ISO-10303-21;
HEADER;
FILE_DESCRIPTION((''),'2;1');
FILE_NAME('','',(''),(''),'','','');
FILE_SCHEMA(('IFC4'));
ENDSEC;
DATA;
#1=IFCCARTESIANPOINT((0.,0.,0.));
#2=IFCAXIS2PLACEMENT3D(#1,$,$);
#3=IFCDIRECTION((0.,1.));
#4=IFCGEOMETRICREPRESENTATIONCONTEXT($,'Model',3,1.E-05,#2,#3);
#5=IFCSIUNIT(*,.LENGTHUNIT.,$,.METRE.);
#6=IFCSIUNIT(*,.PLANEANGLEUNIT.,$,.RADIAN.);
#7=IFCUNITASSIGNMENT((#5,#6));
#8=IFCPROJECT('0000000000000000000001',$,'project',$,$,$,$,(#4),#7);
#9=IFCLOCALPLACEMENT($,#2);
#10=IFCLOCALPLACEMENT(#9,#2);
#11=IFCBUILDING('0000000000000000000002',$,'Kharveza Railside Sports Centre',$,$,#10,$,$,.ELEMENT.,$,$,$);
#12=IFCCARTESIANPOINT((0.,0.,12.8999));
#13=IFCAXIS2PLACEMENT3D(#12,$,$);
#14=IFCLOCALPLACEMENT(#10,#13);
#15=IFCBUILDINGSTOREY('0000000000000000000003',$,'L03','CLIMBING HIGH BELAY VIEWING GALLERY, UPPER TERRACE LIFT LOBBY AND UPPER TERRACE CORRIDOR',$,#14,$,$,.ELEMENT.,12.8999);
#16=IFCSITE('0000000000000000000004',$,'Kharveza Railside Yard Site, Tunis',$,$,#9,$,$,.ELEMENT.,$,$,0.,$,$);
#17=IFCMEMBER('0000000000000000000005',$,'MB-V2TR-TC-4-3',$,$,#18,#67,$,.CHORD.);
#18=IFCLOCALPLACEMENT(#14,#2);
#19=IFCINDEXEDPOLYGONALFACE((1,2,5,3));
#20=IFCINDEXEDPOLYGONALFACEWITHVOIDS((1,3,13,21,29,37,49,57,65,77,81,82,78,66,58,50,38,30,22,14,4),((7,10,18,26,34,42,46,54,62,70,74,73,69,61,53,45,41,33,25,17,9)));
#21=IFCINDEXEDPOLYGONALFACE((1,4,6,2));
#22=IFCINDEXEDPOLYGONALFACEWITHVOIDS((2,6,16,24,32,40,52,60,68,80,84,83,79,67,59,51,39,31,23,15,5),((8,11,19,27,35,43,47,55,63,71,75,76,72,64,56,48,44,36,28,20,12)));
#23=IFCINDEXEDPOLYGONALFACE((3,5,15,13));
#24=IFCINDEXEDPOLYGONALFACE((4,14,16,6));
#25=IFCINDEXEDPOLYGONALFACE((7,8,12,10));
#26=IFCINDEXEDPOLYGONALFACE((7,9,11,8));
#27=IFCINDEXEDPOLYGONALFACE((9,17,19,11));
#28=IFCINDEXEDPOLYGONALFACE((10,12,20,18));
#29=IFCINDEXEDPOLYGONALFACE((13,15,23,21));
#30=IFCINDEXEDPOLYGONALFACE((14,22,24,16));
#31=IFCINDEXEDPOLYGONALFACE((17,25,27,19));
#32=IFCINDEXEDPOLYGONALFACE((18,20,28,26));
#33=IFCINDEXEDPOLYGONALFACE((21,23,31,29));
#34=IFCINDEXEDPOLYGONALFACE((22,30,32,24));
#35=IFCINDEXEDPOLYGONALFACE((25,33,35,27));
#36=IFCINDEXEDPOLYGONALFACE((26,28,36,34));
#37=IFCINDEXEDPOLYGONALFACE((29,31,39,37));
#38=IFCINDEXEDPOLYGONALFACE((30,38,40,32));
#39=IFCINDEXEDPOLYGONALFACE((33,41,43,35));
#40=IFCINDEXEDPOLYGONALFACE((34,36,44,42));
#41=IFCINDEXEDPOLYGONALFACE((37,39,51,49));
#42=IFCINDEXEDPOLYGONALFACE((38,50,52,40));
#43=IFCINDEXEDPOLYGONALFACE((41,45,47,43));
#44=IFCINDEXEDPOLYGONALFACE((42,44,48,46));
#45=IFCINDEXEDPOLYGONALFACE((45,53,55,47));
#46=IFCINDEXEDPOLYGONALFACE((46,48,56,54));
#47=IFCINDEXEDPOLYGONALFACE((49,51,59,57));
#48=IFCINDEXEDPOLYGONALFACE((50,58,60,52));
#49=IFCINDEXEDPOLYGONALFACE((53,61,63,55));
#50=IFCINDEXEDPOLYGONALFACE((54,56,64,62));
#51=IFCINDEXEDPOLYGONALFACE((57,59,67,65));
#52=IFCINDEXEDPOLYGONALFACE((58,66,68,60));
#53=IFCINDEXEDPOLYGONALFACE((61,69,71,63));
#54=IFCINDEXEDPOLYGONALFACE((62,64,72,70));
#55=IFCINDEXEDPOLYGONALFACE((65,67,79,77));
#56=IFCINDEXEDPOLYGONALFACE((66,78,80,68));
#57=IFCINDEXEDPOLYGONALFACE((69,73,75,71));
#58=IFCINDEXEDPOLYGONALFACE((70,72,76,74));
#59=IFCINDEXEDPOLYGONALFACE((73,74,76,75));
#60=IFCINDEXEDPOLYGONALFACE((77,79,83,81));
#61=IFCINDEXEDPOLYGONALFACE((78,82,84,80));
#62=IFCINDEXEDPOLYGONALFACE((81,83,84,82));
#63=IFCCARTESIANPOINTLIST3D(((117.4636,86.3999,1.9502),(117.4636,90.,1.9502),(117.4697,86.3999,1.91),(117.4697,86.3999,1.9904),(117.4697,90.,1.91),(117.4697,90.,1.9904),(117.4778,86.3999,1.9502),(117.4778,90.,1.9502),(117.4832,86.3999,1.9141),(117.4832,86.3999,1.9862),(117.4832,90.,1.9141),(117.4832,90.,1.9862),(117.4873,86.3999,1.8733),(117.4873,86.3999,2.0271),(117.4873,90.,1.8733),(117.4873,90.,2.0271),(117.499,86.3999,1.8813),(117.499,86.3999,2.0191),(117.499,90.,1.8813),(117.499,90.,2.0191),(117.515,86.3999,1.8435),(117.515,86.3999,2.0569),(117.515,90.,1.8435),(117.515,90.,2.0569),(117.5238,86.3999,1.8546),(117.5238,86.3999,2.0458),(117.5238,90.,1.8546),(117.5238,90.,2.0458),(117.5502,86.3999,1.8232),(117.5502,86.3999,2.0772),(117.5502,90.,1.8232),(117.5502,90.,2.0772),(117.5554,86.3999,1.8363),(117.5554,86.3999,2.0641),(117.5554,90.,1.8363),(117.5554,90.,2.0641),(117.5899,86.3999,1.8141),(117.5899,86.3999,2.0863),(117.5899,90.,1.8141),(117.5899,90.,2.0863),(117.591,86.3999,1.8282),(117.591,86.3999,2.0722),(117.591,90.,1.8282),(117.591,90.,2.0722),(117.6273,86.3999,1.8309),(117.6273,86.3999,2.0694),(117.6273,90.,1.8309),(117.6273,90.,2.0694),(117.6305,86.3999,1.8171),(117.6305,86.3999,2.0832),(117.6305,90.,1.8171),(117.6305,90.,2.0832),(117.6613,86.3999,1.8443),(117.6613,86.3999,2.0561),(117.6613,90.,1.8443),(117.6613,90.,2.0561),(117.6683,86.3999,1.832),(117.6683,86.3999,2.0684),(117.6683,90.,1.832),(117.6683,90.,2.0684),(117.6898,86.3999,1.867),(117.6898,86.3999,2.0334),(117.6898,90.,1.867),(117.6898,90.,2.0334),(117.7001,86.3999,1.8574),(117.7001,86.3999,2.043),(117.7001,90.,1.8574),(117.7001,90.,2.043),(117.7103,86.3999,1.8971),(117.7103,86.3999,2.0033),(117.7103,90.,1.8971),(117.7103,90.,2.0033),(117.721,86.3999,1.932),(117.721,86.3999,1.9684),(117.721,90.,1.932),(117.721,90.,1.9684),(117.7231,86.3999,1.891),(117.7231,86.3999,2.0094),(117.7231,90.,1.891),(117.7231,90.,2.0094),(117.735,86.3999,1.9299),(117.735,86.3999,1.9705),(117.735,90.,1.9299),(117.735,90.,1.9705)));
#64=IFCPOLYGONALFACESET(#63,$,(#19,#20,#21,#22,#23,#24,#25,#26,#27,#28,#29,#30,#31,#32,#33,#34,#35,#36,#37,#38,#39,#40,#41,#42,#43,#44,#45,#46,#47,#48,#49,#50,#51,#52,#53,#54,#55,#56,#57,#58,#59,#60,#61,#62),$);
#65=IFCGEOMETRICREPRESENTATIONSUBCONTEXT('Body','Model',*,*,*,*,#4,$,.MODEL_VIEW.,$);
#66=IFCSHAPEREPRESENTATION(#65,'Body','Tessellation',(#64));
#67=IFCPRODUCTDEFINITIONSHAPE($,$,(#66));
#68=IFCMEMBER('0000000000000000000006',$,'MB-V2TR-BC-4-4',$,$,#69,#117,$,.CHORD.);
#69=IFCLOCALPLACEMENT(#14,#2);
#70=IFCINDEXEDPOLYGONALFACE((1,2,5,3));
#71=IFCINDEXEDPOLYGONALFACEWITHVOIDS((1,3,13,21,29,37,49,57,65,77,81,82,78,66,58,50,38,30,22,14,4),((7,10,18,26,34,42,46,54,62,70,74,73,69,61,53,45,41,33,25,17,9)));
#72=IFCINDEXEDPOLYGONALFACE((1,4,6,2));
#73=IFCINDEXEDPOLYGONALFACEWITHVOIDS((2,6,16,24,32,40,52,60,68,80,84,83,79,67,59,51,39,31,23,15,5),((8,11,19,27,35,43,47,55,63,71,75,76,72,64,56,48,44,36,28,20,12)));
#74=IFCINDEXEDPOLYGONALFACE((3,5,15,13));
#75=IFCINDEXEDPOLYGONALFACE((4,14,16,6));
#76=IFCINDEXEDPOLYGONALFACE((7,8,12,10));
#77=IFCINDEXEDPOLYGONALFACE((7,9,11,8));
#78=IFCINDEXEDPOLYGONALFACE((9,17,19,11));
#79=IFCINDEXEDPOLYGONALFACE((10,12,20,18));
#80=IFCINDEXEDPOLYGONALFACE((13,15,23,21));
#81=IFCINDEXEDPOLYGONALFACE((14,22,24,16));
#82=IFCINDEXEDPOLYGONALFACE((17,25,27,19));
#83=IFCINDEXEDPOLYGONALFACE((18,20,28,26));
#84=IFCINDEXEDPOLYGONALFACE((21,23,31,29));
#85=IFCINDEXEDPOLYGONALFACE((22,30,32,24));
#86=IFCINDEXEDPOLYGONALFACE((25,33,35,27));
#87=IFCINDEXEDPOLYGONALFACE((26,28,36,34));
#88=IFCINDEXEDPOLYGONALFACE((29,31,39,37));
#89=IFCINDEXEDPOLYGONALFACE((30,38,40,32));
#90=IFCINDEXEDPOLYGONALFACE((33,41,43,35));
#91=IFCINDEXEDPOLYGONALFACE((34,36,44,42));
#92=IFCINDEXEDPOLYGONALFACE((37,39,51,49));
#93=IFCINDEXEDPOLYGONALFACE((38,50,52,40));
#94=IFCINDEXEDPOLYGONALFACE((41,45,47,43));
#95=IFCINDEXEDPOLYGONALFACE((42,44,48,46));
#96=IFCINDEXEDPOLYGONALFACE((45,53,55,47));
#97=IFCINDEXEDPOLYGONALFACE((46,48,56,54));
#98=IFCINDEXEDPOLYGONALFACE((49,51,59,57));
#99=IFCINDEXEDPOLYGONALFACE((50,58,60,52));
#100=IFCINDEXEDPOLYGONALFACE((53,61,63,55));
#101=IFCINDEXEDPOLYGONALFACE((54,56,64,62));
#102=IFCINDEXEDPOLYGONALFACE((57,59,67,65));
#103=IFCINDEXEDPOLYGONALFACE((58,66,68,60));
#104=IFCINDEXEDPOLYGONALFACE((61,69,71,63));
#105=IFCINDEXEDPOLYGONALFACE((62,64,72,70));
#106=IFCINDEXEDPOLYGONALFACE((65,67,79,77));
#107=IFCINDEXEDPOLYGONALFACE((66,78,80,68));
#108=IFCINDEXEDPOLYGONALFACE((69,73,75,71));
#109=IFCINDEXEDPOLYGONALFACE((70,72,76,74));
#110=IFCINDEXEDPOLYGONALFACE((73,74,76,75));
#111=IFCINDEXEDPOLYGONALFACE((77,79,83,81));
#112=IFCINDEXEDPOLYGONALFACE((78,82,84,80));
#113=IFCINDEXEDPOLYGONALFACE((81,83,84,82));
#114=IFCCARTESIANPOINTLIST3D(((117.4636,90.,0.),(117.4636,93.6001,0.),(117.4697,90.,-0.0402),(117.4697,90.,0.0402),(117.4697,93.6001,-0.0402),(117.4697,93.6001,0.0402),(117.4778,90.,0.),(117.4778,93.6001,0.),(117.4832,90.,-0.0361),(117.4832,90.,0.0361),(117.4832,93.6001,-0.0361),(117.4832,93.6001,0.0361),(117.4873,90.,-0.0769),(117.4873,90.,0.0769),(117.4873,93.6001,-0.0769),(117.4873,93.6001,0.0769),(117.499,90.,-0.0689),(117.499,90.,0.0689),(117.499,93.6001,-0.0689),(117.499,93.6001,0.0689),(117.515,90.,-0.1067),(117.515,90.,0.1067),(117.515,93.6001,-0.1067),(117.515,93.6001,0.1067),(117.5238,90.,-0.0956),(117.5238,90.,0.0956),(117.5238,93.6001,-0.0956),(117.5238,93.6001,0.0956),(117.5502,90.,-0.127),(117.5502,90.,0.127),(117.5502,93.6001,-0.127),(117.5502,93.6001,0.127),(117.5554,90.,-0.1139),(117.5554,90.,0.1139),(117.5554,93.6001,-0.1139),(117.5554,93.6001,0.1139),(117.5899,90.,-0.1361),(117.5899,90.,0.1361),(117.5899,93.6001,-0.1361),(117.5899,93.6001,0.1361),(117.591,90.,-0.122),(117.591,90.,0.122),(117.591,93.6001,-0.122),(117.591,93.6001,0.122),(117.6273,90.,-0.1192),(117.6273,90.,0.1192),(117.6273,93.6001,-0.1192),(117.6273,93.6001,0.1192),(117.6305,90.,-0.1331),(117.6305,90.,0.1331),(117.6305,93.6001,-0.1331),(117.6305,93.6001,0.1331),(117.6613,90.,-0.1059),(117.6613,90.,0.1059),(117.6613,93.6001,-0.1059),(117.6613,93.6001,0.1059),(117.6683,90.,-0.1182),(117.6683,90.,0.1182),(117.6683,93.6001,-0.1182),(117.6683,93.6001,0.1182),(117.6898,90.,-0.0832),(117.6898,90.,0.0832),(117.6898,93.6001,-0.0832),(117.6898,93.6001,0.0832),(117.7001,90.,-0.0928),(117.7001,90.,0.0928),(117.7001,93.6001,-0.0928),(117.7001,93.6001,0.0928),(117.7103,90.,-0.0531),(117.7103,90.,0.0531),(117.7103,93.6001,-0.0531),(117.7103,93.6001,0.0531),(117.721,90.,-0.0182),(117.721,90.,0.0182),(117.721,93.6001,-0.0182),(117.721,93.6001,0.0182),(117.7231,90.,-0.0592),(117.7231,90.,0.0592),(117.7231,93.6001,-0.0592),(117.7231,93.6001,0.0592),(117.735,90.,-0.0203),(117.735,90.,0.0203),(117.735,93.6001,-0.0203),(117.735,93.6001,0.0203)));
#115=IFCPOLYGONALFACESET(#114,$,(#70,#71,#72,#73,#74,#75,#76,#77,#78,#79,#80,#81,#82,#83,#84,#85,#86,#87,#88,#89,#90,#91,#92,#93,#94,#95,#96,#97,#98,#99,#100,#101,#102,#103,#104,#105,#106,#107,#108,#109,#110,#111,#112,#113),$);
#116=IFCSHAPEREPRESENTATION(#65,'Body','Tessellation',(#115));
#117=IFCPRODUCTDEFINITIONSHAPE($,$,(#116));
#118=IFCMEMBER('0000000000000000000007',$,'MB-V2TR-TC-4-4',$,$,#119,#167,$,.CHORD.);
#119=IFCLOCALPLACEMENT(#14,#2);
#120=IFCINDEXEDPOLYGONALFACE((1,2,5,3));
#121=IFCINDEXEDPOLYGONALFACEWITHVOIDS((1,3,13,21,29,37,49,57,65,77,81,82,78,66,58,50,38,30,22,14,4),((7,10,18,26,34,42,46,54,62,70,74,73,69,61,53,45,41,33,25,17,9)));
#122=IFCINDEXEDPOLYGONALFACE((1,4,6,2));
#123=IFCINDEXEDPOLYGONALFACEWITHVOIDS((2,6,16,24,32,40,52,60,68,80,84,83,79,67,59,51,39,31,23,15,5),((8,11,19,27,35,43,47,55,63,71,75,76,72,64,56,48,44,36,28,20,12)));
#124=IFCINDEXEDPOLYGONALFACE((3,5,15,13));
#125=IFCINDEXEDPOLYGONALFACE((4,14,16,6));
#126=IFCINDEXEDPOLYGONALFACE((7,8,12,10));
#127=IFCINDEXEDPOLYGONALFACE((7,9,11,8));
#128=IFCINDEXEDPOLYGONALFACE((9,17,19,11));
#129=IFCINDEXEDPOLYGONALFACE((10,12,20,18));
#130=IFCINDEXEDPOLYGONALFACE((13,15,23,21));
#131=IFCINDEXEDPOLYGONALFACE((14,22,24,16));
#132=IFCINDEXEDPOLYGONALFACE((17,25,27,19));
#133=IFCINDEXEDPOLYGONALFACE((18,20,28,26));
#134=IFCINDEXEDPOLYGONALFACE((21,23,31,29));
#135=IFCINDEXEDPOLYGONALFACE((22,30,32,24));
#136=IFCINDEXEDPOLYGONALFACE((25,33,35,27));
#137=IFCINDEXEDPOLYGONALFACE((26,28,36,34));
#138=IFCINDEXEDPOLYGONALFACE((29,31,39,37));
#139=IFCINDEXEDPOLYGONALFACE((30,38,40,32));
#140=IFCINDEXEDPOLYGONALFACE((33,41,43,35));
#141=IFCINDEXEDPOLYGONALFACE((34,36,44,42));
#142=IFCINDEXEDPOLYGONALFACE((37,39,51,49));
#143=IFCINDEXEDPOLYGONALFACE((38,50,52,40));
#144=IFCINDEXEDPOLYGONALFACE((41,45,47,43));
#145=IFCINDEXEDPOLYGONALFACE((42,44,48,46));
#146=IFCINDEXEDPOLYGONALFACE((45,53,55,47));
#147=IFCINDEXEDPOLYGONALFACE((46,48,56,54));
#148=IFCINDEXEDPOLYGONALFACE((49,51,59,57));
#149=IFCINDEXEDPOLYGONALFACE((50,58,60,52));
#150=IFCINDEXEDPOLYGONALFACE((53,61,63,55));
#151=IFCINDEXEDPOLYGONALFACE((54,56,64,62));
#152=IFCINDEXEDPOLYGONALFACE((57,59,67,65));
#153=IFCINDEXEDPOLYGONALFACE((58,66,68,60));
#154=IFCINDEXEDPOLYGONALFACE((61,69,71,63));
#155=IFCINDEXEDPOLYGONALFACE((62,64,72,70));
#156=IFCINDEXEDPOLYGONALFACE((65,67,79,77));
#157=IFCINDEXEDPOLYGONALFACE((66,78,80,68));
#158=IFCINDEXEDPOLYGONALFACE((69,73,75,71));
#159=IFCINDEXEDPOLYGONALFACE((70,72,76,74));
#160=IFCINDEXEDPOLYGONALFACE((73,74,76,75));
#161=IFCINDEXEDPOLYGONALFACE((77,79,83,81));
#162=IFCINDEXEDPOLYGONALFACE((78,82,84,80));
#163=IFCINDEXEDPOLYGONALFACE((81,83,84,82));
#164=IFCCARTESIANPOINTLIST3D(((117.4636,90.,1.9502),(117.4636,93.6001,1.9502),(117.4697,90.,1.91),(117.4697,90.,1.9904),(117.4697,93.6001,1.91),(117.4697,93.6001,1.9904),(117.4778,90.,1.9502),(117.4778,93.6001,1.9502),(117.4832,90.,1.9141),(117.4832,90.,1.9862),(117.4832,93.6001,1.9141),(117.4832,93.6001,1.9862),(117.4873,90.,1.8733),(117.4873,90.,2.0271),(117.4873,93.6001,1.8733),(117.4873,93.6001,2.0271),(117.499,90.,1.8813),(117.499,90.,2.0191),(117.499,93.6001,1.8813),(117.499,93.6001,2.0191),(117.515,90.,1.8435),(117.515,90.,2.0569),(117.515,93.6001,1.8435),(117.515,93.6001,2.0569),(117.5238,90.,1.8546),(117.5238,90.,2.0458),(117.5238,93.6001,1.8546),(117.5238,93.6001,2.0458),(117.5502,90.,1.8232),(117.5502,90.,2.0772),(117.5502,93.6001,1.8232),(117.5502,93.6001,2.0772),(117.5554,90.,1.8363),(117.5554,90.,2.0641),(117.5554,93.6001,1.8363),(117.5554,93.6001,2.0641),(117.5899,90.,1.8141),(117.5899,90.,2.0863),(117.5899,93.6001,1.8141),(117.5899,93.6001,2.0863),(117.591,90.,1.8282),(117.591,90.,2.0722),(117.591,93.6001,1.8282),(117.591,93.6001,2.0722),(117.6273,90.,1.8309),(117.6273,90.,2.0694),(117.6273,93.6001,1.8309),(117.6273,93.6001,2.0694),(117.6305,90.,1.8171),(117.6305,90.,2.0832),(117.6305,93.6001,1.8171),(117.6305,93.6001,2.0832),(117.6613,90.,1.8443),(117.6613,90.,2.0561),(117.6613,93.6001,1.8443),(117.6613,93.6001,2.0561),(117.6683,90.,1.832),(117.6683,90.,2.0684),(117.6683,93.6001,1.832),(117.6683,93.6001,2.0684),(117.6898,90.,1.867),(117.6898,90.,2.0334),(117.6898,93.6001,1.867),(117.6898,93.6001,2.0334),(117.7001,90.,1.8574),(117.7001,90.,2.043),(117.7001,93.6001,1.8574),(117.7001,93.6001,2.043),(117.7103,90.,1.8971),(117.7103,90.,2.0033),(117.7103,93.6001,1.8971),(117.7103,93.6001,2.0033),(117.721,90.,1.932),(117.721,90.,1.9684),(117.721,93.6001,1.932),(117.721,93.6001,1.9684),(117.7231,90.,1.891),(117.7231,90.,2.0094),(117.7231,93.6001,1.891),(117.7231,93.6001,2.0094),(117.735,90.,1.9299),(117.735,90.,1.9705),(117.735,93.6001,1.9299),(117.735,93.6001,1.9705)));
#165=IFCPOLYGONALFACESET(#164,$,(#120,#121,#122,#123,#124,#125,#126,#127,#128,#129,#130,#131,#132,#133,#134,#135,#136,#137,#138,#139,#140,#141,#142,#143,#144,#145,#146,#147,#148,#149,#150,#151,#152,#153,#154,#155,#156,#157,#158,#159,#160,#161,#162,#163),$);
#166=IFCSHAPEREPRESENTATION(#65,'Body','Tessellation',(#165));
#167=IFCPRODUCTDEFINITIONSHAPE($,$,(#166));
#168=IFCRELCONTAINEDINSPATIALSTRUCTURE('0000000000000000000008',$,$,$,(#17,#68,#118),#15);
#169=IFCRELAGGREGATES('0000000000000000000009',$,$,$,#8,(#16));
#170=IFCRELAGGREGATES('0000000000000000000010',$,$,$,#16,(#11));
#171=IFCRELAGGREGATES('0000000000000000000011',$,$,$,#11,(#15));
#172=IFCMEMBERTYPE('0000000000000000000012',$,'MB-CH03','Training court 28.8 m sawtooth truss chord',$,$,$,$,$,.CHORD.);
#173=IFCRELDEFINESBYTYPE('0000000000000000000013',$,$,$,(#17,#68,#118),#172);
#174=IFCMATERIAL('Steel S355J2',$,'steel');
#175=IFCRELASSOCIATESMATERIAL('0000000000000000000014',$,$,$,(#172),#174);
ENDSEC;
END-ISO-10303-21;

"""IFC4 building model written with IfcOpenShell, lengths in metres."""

from ifc_helpers import new_model, si_unit, direction, frame, origin, origin_2d, place, context, subcontext, project, spatial, hollow_circle, extrude, material, material_profile, profile_set, type_object, element, save


model = new_model("IFC4")

# Units and contexts
model_context = context("Model", 3, precision=1e-05, world=origin(), true_north=direction((0.0, 1.0)))
body_context = subcontext(model_context, "Body", "Model", "MODEL_VIEW")
ifc_project = project(units=[si_unit("LENGTHUNIT", "METRE"), si_unit("PLANEANGLEUNIT", "RADIAN")], contexts=[model_context])

# Site, building, storey
site_placement = place(None, origin())
site = spatial("IfcSite", under=ifc_project, at=site_placement, Name="Kharveza Railside Yard Site, Tunis", CompositionType="ELEMENT", RefElevation=0.0)
building_placement = place(site_placement, origin())
building = spatial("IfcBuilding", under=site, at=building_placement, Name="Kharveza Railside Sports Centre", CompositionType="ELEMENT")
storey_placement = place(building_placement, frame((0.0, 0.0, 12.8999)))
storey = spatial("IfcBuildingStorey", under=building, at=storey_placement, Name="L03", Description="CLIMBING HIGH BELAY VIEWING GALLERY, UPPER TERRACE LIFT LOBBY AND UPPER TERRACE CORRIDOR", CompositionType="ELEMENT", Elevation=12.8999)

# Shared definitions
ifc_material_1 = material(Name="Steel S355J2", Category="steel")

# Members
ifc_material_profile_1 = material_profile(ifc_material_1, hollow_circle(Radius=0.1365, WallThickness=0.0142, at=origin_2d()), Name="CHS 273.0x14.2")
ifc_profile_set_1 = profile_set([ifc_material_profile_1], Name="Steel S355J2")
member_type_1 = type_object("IfcMemberType", Name="MB-CH03", Description="Training court 28.8 m sawtooth truss chord", PredefinedType="CHORD", material=ifc_profile_set_1)
for number, where, z_axis, x_axis, name in (
    (1, (117.6001, 86.3999, 1.9502), (0.0, 1.0, 0.0), (-1.0, 0.0, 0.0), "MB-V2TR-TC-4-3"),
    (2, (117.6001, 90.0, 0.0), (0.0, 1.0, 0.0), (-1.0, 0.0, 0.0), "MB-V2TR-BC-4-4"),
    (3, (117.6001, 90.0, 1.9502), (0.0, 1.0, 0.0), (-1.0, 0.0, 0.0), "MB-V2TR-TC-4-4"),
):
    element("IfcMember", number, at=place(storey_placement, frame(where, z_axis=z_axis, x_axis=x_axis)), inside=storey, type_object=member_type_1, Name=name, PredefinedType="CHORD", context=body_context, shape_type="SweptSolid", body=[
        extrude(hollow_circle(Radius=0.1365, WallThickness=0.0142, at=origin_2d()), origin(), (0.0, 0.0, 1.0), 3.6001),
    ])

save(model, "model.ifc")
